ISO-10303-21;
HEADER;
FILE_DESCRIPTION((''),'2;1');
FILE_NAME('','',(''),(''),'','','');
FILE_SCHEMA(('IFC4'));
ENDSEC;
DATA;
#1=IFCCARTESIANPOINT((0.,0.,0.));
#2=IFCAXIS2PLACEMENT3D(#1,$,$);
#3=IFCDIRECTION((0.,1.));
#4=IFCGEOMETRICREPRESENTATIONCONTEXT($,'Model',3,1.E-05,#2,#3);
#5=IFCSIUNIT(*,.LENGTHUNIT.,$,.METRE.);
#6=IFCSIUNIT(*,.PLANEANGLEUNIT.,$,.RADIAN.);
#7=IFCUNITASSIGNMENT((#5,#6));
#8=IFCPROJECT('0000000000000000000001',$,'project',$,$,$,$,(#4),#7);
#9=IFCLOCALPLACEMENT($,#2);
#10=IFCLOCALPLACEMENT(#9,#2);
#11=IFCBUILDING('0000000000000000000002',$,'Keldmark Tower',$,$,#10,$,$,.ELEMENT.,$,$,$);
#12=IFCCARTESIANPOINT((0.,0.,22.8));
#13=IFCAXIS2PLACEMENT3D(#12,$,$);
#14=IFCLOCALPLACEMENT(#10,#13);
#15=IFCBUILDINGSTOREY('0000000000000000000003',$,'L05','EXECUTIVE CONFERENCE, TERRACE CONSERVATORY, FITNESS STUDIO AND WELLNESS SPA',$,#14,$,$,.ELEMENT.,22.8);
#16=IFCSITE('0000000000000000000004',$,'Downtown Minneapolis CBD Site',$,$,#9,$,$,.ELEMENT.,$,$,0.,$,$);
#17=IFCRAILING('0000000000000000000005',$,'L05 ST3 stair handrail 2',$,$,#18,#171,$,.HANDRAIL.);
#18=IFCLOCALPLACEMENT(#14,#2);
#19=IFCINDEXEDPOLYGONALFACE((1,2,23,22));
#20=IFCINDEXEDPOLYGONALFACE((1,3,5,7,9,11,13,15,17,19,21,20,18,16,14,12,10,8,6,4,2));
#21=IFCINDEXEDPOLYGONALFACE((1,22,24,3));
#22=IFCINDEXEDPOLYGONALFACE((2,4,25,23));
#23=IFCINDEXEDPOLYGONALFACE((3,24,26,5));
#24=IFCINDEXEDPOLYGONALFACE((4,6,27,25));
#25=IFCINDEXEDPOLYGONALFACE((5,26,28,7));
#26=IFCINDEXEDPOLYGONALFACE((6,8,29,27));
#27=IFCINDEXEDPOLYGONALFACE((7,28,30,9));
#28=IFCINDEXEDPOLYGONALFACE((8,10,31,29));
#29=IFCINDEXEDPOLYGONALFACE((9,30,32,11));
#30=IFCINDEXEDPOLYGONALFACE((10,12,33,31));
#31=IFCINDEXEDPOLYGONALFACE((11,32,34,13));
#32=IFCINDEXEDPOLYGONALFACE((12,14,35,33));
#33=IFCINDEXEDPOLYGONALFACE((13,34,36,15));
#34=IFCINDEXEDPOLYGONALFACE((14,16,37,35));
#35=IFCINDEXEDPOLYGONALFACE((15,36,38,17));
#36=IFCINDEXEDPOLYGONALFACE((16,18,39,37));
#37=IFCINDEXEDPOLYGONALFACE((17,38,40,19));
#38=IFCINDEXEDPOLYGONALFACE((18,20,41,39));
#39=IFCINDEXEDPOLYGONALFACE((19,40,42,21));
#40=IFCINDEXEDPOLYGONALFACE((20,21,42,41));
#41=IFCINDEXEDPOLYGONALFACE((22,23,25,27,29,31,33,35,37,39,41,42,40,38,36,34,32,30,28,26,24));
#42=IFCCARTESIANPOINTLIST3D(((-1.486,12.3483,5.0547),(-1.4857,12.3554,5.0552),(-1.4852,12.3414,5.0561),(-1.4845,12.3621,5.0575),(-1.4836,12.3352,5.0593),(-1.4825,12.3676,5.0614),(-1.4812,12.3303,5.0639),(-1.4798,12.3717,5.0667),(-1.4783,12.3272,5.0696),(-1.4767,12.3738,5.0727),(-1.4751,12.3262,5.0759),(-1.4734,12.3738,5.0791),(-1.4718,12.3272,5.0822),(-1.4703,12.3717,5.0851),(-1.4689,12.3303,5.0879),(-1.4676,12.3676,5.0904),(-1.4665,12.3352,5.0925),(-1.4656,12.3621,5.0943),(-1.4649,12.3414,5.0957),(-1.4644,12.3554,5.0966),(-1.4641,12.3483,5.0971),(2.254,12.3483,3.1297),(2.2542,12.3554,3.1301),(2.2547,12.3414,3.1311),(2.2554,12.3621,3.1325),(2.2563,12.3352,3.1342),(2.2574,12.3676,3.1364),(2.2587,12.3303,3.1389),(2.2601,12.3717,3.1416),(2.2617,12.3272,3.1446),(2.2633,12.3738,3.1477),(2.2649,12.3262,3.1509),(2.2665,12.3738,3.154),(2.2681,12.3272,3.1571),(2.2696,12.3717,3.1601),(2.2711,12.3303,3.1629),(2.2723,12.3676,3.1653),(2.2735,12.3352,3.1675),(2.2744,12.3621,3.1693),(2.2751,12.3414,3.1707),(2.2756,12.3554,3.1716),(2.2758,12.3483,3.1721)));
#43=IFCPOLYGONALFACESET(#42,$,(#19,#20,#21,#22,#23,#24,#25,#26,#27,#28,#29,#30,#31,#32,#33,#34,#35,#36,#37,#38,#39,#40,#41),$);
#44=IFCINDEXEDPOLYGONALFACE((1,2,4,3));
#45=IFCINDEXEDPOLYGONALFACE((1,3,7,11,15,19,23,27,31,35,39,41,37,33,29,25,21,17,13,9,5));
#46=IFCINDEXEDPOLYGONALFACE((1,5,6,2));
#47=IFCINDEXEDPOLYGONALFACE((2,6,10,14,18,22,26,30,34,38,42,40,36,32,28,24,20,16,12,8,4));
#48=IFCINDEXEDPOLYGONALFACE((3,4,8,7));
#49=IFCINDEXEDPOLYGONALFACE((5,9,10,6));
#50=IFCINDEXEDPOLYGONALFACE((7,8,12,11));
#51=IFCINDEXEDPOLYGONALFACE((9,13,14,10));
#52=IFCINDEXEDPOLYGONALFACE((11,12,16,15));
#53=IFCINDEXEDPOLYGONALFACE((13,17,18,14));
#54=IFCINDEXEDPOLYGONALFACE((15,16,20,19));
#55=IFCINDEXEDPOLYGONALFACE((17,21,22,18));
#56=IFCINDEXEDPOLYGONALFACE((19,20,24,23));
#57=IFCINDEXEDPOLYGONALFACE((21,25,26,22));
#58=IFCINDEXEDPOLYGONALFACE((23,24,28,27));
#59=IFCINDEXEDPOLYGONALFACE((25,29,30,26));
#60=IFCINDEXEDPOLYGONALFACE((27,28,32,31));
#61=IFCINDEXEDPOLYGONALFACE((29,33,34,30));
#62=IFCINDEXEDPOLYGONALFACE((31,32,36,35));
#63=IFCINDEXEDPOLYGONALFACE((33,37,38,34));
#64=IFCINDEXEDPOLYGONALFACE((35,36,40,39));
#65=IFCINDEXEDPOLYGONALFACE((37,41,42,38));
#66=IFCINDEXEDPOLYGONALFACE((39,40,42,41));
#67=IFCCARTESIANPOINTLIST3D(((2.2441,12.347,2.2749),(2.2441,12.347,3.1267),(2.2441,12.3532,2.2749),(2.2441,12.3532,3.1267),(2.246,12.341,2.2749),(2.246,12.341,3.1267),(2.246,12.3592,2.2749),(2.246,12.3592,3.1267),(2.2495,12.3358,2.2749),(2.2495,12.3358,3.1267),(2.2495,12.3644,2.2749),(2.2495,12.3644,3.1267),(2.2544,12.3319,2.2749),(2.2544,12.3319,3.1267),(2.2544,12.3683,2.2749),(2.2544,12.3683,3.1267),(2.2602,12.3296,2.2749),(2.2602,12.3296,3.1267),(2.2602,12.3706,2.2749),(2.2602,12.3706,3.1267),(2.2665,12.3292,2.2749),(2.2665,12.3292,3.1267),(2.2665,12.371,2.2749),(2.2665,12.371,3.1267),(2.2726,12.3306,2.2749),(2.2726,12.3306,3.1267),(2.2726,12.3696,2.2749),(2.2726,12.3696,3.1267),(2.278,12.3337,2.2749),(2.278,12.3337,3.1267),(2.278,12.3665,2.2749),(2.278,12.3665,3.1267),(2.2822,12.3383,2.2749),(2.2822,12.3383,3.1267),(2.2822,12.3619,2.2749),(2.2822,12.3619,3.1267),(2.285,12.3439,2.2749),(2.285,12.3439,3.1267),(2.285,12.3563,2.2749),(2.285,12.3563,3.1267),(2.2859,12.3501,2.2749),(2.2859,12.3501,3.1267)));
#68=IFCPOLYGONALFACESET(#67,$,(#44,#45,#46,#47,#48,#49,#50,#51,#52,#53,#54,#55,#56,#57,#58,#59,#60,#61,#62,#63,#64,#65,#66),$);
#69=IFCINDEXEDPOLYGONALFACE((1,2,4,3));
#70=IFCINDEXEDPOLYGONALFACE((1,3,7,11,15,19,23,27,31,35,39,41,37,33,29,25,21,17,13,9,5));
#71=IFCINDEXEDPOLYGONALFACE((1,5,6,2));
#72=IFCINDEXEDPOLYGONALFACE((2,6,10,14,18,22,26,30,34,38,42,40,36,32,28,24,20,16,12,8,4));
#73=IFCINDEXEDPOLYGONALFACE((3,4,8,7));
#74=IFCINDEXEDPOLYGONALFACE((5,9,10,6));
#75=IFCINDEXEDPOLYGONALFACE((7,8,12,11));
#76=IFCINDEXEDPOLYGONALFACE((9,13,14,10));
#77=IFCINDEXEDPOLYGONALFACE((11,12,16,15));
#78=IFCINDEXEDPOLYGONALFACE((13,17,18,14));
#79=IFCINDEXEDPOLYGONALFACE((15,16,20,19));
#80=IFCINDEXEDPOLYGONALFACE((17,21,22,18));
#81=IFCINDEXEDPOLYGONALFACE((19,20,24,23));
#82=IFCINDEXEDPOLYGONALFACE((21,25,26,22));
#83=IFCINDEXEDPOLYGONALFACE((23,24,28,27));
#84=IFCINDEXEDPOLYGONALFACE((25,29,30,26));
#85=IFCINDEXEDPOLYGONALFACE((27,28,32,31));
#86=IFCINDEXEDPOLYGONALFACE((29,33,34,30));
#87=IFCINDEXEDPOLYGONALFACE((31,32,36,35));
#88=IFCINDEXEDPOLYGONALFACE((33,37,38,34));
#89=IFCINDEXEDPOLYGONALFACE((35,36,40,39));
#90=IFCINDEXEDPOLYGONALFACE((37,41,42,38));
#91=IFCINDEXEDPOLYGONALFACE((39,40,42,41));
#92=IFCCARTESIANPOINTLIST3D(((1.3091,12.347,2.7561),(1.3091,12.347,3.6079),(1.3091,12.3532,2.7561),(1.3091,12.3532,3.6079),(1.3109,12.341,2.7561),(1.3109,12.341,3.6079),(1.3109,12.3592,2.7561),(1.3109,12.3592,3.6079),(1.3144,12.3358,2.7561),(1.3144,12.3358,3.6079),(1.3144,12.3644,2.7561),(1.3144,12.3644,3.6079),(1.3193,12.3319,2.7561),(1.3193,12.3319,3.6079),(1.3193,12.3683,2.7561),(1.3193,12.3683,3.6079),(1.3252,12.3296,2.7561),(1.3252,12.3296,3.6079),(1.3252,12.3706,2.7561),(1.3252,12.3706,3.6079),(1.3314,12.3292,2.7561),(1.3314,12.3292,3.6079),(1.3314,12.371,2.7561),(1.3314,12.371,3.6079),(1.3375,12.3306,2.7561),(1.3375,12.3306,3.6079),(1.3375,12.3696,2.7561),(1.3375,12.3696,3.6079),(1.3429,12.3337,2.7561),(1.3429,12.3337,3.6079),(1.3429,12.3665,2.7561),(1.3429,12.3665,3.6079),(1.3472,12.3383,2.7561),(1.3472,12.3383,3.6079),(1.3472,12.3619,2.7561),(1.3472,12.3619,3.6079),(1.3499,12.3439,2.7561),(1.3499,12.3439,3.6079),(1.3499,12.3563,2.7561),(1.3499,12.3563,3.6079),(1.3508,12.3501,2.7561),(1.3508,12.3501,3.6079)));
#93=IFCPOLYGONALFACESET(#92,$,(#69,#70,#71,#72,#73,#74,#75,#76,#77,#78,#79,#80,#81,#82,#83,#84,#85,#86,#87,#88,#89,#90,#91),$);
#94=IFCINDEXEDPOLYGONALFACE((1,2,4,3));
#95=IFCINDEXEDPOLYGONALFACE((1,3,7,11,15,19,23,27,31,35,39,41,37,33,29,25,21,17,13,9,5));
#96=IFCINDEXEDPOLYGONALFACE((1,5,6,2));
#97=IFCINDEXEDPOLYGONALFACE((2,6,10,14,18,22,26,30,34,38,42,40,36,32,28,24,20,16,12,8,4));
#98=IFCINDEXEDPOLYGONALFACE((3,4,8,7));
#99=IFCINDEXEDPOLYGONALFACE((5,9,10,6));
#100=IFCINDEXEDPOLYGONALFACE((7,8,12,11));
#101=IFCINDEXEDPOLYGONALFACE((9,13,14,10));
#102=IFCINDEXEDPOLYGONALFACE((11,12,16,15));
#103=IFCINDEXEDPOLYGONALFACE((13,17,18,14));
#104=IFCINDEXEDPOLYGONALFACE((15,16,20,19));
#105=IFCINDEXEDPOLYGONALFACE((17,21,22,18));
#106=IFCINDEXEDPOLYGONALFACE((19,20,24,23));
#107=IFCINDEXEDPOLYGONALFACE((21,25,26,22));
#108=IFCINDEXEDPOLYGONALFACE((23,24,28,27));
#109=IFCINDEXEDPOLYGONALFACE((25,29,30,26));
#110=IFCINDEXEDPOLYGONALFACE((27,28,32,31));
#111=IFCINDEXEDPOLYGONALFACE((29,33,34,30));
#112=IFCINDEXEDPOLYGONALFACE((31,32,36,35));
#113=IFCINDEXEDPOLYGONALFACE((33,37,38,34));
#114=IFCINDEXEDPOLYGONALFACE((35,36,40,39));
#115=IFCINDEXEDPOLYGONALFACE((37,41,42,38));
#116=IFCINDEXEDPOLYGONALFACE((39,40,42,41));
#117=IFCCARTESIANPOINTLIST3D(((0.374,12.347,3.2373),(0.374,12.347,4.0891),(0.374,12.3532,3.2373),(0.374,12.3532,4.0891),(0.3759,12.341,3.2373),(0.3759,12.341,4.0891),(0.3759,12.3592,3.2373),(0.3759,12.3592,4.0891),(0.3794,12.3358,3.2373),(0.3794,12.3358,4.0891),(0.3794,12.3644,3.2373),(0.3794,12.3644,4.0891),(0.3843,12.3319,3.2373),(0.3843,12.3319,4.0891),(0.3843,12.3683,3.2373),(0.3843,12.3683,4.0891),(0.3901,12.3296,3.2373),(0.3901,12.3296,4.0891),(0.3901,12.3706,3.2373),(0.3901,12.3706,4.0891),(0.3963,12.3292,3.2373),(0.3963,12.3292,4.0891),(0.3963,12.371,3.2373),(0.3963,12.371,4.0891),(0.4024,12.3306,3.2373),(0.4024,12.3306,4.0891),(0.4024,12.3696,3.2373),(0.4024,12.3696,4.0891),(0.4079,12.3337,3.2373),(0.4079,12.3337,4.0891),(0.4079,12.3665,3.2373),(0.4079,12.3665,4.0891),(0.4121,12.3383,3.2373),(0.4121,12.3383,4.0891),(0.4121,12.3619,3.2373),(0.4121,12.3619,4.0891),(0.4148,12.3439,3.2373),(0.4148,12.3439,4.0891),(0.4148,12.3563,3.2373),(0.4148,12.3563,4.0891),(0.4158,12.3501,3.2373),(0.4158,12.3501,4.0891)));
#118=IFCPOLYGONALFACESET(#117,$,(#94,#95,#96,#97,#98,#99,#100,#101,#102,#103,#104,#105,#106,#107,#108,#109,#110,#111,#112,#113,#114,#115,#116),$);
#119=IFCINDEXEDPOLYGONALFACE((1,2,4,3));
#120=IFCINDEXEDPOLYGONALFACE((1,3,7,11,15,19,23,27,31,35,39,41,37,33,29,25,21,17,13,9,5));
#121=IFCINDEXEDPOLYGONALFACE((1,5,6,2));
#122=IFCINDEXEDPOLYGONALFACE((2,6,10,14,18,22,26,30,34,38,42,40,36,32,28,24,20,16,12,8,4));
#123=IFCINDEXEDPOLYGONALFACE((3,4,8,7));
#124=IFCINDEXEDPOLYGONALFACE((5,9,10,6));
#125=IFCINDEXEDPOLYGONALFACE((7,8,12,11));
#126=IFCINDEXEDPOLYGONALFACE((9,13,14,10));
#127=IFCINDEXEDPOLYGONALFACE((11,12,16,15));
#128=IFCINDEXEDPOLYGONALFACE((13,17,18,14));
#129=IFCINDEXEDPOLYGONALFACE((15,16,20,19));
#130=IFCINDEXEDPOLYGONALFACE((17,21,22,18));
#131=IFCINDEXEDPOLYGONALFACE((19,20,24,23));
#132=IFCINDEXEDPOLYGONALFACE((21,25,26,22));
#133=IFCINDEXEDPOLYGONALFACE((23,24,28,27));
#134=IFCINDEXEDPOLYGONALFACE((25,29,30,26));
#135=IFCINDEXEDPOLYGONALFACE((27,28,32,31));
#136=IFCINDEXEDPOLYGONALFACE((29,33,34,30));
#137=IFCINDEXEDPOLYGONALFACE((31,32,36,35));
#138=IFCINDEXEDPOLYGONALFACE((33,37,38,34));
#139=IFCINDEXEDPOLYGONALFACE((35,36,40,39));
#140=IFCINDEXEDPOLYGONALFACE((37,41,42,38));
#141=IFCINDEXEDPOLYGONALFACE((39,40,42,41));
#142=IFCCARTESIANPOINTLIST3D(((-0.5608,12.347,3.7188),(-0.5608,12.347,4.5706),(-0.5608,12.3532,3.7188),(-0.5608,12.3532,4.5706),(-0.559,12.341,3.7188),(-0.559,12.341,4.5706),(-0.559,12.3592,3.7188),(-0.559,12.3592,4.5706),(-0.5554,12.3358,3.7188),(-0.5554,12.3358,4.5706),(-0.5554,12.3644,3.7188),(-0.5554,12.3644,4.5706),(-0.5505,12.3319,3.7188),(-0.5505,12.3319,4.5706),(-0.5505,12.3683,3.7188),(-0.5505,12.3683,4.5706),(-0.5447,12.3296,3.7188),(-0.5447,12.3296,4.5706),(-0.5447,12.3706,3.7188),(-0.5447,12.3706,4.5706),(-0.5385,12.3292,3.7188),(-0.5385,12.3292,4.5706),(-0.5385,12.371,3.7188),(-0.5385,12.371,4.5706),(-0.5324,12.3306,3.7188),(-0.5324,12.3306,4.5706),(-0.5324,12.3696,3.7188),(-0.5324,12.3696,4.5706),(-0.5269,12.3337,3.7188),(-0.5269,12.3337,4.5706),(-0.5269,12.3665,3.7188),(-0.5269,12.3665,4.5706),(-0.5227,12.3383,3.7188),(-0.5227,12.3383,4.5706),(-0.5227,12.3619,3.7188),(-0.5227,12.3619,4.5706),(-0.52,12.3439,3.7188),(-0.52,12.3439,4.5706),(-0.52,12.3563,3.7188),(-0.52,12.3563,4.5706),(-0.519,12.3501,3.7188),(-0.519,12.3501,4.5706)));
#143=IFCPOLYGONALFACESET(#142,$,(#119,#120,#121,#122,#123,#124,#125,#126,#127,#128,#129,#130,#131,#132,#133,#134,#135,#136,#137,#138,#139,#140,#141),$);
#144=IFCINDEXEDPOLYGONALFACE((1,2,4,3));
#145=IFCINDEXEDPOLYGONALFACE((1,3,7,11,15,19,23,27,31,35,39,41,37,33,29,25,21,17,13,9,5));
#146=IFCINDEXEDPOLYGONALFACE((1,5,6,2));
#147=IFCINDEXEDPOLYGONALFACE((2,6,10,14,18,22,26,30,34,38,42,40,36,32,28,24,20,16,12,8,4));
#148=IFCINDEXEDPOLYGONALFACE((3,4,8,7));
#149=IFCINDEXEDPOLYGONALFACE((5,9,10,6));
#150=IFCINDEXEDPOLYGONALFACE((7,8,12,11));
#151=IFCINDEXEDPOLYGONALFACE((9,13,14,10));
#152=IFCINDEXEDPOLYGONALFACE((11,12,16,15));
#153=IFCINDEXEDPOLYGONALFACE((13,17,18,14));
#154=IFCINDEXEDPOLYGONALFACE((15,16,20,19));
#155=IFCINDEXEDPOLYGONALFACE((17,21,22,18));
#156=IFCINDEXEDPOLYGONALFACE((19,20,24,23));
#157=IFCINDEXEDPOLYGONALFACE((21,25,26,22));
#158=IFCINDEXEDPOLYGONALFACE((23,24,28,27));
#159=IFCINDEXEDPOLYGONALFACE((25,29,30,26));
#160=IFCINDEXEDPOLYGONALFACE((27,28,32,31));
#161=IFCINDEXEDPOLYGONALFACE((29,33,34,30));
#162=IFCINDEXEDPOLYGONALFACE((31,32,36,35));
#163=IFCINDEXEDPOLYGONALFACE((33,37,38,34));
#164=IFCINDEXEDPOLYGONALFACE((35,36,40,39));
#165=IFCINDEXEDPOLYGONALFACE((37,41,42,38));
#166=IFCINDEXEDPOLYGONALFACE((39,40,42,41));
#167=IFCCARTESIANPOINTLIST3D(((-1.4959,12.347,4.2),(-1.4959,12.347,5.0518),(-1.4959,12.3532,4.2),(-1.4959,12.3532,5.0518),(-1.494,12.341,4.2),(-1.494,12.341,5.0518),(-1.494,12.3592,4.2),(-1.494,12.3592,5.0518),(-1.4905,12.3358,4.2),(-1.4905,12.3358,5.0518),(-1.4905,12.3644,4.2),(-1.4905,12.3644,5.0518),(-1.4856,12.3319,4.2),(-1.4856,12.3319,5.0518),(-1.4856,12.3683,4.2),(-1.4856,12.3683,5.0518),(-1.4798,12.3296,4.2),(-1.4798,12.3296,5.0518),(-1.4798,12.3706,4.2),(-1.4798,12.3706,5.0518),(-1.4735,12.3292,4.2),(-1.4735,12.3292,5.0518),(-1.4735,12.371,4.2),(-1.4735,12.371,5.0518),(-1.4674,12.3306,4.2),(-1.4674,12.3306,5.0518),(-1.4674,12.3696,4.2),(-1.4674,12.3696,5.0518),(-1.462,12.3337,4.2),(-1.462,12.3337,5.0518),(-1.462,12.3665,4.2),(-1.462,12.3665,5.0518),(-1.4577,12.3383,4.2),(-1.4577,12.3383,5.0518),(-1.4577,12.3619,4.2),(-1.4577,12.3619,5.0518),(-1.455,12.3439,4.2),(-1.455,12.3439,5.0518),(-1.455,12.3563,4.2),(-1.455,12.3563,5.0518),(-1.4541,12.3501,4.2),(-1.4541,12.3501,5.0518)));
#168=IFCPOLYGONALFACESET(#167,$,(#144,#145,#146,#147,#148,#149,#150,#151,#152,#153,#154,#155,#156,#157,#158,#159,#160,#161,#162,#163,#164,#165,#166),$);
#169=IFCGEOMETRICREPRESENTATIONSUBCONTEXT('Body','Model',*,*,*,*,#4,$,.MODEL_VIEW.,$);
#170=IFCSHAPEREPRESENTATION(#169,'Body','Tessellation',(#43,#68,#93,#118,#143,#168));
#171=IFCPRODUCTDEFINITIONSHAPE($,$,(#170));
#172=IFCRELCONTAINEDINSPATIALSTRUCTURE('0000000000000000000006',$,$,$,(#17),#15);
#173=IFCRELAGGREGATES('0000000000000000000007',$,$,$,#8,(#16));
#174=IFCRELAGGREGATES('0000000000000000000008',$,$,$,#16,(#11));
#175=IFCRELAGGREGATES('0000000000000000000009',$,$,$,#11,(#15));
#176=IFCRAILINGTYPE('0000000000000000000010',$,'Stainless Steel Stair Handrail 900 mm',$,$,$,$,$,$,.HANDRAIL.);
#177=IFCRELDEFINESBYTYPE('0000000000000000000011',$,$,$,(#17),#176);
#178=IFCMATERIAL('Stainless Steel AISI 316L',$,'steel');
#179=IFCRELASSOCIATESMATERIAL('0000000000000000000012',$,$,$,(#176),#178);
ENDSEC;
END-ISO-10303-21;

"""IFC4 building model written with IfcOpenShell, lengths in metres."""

from ifc_helpers import new_model, si_unit, direction, frame, origin, origin_2d, place, context, subcontext, project, spatial, circle, extrude, material, type_object, element, save


model = new_model("IFC4")

# Units and contexts
model_context = context("Model", 3, precision=1e-05, world=origin(), true_north=direction((0.0, 1.0)))
body_context = subcontext(model_context, "Body", "Model", "MODEL_VIEW")
ifc_project = project(units=[si_unit("LENGTHUNIT", "METRE"), si_unit("PLANEANGLEUNIT", "RADIAN")], contexts=[model_context])

# Site, building, storey
site_placement = place(None, origin())
site = spatial("IfcSite", under=ifc_project, at=site_placement, Name="Downtown Minneapolis CBD Site", CompositionType="ELEMENT", RefElevation=0.0)
building_placement = place(site_placement, origin())
building = spatial("IfcBuilding", under=site, at=building_placement, Name="Keldmark Tower", CompositionType="ELEMENT")
storey_placement = place(building_placement, frame((0.0, 0.0, 22.8)))
storey = spatial("IfcBuildingStorey", under=building, at=storey_placement, Name="L05", Description="EXECUTIVE CONFERENCE, TERRACE CONSERVATORY, FITNESS STUDIO AND WELLNESS SPA", CompositionType="ELEMENT", Elevation=22.8)

# Railing
ifc_material_1 = material(Name="Stainless Steel AISI 316L", Category="steel")
railing_type_1 = type_object("IfcRailingType", Name="Stainless Steel Stair Handrail 900 mm", PredefinedType="HANDRAIL", material=ifc_material_1)
railing_1_placement = place(storey_placement, frame((2.2649, 12.3501, 2.2749)))
element("IfcRailing", 1, at=railing_1_placement, inside=storey, type_object=railing_type_1, Name="L05 ST3 stair handrail 2", PredefinedType="HANDRAIL", context=body_context, shape_type="SweptSolid", body=[
    extrude(circle(Radius=0.0239, at=origin_2d()), frame((0.0, 0.0, 0.876), z_axis=(-0.889131, 0.0, 0.457654), x_axis=(0.0, -1.0, 0.0)), (0.0, 0.0, 1.0), 4.2063),
    extrude(circle(Radius=0.021, at=origin_2d()), origin(), (0.0, 0.0, 1.0), 0.8518),
    extrude(circle(Radius=0.021, at=origin_2d()), frame((-0.9351, 0.0, 0.4812)), (0.0, 0.0, 1.0), 0.8518),
    extrude(circle(Radius=0.021, at=origin_2d()), frame((-1.8701, 0.0, 0.9624)), (0.0, 0.0, 1.0), 0.8518),
    extrude(circle(Radius=0.021, at=origin_2d()), frame((-2.8049, 0.0, 1.4438)), (0.0, 0.0, 1.0), 0.8518),
    extrude(circle(Radius=0.021, at=origin_2d()), frame((-3.74, 0.0, 1.925)), (0.0, 0.0, 1.0), 0.8518),
])

save(model, "model.ifc")
